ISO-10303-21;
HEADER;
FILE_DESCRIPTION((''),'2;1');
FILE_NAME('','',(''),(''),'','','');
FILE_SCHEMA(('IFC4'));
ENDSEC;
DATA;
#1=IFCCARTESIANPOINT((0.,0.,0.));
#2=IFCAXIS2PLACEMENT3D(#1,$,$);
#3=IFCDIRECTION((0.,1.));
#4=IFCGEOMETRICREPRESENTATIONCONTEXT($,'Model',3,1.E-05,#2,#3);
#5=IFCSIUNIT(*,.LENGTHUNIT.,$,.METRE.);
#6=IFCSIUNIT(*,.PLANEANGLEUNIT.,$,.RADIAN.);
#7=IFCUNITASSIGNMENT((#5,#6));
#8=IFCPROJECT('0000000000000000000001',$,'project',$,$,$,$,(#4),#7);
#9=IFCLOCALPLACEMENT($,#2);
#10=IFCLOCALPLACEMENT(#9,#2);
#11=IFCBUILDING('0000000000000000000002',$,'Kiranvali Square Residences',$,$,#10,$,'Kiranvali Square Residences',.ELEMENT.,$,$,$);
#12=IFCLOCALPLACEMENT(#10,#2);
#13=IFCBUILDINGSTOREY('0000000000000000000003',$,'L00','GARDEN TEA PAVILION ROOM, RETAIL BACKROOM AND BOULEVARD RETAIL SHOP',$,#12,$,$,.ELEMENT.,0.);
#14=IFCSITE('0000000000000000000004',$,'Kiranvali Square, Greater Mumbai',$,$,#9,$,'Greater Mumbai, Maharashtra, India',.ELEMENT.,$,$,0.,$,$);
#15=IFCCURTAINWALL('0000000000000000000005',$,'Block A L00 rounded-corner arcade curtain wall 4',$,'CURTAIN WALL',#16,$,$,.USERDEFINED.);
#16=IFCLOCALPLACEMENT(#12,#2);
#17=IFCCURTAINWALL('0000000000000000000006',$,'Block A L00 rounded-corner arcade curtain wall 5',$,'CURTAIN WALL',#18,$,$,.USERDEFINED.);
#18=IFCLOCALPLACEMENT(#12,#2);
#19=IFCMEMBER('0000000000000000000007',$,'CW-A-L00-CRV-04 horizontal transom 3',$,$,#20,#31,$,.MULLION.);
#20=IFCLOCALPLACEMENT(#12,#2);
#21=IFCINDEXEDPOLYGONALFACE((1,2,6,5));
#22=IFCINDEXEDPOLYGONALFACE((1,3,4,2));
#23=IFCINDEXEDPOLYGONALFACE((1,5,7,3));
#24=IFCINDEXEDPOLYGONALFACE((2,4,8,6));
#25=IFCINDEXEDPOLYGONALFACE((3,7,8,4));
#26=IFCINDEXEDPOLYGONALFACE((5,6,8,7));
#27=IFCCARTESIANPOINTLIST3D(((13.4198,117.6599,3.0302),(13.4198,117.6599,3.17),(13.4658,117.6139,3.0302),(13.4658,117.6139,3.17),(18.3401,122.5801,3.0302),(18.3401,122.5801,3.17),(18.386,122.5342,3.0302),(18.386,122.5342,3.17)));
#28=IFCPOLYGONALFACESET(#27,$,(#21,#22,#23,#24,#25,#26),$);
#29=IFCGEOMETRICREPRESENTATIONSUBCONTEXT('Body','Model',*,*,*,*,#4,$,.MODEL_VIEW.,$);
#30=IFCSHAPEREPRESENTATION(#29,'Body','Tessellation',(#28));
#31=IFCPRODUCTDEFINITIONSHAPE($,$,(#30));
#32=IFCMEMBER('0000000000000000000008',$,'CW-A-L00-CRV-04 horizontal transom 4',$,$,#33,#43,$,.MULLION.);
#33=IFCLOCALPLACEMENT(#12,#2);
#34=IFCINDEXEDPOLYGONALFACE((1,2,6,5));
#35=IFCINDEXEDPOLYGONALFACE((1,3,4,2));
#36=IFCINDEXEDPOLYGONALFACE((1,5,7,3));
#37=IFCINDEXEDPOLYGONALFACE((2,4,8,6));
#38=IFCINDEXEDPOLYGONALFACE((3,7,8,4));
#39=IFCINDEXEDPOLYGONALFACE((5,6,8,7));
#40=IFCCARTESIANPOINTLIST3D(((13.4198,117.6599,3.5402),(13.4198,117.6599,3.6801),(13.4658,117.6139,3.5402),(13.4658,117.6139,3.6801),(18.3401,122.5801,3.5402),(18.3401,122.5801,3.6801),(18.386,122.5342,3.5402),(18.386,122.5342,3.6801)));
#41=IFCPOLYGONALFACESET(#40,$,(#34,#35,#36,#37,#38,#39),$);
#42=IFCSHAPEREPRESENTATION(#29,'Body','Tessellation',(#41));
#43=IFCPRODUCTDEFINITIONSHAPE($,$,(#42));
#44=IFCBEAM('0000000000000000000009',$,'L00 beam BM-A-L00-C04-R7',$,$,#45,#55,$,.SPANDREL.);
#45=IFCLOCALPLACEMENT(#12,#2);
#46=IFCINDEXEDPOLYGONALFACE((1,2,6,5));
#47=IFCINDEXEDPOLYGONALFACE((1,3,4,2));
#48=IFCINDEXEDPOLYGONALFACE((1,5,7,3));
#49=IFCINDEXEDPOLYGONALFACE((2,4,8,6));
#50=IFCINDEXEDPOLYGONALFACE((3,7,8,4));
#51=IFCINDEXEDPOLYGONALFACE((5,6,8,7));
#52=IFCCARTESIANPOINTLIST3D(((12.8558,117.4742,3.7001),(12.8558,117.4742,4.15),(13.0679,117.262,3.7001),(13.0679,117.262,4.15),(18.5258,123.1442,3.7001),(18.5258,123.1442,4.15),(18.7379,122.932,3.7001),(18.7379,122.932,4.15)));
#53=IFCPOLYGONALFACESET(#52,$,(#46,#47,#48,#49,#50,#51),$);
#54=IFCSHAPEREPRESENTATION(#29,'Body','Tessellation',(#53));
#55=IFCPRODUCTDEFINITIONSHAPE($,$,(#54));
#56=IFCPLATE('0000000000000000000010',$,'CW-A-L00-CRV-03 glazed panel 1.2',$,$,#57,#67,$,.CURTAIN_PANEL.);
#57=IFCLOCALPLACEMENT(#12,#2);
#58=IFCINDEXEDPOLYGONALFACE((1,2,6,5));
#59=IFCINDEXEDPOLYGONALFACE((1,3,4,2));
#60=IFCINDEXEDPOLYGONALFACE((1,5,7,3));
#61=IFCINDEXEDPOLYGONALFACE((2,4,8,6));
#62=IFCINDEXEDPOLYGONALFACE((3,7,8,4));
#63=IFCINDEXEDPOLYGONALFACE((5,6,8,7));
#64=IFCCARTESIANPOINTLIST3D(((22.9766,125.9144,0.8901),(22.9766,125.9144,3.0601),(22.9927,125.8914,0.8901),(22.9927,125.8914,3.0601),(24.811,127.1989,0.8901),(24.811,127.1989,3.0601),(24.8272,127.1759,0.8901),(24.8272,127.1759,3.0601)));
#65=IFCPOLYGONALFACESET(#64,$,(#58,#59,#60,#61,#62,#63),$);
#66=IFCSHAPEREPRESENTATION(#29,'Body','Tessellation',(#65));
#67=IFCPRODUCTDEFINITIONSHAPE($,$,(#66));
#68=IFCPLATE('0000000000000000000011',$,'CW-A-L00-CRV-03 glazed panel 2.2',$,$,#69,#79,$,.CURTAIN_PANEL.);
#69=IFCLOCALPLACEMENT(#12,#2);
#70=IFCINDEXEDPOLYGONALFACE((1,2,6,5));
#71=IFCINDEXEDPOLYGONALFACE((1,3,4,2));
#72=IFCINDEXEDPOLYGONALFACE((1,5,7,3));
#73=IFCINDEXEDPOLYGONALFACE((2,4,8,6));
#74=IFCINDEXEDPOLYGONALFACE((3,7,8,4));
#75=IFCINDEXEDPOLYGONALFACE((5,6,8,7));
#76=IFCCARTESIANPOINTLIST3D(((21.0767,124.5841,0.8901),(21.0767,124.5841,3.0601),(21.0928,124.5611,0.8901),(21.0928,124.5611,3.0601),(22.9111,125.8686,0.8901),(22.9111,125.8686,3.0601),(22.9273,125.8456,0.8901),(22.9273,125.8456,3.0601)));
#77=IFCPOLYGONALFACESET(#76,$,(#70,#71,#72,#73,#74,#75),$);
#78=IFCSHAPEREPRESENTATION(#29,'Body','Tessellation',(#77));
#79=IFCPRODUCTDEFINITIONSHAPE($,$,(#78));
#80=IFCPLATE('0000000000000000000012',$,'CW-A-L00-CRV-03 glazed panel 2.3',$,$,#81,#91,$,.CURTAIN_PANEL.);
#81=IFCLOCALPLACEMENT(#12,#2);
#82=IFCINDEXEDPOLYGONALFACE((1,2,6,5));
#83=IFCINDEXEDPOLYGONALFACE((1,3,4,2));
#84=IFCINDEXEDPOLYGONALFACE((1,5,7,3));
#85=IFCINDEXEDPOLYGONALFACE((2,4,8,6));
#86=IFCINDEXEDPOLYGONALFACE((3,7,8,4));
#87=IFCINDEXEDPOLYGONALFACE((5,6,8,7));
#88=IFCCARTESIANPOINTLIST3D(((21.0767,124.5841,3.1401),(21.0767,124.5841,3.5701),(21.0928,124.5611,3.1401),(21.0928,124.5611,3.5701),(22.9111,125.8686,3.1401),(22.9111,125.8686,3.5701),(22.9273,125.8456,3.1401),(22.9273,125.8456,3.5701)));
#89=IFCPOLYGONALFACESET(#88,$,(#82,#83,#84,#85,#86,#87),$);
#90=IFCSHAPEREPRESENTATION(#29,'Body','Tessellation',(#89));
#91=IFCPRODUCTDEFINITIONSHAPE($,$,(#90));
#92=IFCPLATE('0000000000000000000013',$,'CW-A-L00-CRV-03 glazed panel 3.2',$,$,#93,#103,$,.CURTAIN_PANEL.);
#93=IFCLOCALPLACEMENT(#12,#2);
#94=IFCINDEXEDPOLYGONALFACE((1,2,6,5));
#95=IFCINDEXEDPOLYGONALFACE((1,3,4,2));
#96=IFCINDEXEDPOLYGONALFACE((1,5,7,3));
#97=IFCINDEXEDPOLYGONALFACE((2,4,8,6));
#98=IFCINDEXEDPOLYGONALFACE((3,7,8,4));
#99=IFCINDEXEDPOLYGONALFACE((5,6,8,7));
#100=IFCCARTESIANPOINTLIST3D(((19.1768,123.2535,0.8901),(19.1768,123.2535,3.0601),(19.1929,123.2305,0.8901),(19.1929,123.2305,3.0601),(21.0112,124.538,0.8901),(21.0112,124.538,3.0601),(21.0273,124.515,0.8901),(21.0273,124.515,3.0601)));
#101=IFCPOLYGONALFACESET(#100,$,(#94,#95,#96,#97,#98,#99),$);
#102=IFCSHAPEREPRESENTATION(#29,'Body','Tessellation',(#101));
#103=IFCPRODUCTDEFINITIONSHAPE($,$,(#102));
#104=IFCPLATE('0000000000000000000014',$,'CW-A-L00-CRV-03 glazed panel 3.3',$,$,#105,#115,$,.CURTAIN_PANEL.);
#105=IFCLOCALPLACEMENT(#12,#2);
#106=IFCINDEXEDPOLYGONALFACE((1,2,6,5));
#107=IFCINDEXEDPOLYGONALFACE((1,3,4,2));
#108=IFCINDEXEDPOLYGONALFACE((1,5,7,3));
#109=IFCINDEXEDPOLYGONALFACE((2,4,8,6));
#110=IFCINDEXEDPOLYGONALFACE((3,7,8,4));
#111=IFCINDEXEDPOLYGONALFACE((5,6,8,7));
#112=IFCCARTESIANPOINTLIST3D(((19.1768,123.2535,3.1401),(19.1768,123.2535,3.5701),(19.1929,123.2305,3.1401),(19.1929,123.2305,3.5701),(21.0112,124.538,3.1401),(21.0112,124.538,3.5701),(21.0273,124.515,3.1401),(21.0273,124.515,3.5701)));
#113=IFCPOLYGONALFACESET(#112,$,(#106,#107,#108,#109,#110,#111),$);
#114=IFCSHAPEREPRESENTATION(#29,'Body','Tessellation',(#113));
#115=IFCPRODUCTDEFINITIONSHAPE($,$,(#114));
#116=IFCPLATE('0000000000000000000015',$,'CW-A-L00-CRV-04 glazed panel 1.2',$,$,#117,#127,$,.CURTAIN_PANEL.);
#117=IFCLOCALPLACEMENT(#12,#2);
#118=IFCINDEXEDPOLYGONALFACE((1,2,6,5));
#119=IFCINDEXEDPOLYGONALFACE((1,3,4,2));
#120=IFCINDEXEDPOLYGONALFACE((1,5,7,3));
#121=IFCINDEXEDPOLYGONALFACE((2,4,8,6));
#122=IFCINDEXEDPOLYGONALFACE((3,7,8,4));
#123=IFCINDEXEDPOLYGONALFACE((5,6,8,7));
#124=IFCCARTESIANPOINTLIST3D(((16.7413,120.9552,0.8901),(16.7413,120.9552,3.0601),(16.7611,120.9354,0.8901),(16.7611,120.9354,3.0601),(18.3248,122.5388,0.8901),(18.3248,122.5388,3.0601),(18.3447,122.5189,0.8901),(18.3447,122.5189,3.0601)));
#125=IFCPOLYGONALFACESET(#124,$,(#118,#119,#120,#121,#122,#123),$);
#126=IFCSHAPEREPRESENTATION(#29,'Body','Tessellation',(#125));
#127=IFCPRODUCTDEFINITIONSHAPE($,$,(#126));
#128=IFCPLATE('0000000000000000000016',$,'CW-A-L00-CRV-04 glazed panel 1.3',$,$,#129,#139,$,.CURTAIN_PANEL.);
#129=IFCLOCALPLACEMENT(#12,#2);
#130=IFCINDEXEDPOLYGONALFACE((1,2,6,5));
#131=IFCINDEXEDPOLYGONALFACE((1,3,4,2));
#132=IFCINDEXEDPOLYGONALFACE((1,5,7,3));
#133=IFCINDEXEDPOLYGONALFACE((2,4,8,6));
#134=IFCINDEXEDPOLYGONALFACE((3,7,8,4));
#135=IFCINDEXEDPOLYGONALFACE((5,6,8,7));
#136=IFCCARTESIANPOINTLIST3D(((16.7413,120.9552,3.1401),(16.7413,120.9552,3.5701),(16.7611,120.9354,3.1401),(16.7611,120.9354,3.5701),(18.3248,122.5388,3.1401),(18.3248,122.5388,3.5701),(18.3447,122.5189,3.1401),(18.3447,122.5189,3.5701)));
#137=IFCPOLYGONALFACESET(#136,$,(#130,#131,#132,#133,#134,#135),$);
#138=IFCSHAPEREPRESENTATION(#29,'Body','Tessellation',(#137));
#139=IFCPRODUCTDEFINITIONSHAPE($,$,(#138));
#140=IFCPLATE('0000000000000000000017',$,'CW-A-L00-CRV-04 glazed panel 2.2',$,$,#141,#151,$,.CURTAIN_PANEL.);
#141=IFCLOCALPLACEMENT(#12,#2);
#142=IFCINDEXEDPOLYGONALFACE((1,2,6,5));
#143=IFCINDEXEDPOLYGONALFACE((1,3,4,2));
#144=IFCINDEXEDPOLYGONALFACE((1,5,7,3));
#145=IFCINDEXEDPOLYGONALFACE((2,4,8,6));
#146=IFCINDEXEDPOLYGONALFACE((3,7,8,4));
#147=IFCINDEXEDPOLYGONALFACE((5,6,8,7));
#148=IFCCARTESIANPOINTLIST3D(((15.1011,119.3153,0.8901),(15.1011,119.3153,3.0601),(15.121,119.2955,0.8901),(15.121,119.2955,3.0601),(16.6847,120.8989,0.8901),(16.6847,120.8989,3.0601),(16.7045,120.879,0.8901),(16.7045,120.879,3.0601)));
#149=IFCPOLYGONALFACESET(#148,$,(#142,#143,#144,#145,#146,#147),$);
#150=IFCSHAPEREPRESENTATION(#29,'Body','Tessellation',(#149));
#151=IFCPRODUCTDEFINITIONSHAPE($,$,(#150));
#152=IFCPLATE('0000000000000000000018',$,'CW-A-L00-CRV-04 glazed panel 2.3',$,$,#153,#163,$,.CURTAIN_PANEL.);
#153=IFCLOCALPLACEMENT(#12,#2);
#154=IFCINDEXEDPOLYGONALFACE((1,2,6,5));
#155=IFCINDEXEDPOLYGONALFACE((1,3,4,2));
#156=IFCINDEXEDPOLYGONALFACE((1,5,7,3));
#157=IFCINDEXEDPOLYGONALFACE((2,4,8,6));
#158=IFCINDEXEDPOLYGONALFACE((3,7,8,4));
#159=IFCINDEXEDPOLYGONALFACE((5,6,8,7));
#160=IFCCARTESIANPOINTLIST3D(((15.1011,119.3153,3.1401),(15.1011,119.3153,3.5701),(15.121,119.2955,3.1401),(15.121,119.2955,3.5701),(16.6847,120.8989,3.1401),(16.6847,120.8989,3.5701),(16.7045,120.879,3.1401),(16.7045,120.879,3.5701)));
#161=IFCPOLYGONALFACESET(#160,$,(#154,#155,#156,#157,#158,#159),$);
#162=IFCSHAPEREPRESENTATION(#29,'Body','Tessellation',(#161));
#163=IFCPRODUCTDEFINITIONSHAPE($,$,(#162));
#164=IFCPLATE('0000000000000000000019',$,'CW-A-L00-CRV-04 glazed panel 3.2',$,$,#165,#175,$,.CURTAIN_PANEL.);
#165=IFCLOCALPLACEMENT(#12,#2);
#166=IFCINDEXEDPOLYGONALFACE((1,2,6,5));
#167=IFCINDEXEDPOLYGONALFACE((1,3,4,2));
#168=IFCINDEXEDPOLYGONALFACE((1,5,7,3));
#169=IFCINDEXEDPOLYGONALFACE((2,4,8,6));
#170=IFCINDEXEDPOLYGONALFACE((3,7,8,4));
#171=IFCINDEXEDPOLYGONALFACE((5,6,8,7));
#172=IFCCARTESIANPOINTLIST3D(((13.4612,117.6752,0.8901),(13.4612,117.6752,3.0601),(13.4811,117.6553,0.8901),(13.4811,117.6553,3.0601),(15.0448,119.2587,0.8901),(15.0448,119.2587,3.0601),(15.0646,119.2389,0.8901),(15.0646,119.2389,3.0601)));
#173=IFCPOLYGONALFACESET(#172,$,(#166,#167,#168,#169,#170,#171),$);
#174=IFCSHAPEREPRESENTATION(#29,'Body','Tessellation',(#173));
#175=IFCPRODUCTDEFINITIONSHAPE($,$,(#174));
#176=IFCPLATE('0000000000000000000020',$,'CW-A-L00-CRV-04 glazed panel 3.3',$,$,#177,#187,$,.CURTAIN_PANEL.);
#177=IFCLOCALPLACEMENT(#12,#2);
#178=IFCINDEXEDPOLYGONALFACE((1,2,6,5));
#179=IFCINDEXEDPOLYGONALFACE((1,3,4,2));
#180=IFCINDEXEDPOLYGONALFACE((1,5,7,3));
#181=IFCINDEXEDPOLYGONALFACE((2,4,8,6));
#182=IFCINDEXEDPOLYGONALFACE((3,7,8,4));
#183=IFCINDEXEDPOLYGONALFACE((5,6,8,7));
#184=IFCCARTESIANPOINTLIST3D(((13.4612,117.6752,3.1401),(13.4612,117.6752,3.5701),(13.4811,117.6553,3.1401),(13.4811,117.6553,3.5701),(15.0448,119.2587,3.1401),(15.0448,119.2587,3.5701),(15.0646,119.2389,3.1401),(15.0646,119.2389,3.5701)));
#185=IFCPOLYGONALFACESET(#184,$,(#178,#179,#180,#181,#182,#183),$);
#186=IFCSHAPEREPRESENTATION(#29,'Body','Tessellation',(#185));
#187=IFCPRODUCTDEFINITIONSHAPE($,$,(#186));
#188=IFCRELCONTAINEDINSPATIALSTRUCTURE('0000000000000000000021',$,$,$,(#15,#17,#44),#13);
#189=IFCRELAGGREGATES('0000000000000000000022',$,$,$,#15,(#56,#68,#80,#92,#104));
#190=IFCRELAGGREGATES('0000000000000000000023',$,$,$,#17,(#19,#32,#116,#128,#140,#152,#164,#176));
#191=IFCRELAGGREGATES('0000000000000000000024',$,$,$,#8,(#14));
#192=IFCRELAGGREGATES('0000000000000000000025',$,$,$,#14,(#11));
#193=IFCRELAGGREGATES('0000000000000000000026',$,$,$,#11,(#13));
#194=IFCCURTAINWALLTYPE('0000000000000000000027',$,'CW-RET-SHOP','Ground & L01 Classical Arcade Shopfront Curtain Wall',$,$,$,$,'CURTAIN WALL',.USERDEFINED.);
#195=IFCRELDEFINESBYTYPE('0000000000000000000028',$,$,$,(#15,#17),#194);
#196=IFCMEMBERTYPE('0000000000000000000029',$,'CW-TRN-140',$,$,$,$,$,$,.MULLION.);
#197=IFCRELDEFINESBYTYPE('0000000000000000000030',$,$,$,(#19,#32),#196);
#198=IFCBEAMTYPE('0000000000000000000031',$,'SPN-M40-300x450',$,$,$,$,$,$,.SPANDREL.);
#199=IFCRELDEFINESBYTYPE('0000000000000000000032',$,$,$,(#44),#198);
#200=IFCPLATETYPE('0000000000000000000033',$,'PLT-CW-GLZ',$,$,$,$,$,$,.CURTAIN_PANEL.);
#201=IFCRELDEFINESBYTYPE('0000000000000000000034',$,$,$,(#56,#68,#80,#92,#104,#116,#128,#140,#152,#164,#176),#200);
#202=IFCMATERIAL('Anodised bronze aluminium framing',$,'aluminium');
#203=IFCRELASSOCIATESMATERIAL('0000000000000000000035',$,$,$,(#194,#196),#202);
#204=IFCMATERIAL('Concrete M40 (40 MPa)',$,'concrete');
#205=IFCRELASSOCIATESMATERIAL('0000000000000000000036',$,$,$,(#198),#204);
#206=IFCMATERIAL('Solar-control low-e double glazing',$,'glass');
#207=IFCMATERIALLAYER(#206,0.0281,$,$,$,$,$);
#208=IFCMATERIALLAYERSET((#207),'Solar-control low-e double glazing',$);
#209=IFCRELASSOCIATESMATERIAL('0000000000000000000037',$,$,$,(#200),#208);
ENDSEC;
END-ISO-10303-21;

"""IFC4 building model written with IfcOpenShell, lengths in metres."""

from ifc_helpers import new_model, si_unit, direction, frame, origin, origin_2d, place, context, subcontext, project, spatial, rectangle, extrude, material, layer, layer_set, material_profile, profile_set, type_object, element, aggregate, save


model = new_model("IFC4")

# Units and contexts
model_context = context("Model", 3, precision=1e-05, world=origin(), true_north=direction((0.0, 1.0)))
body_context = subcontext(model_context, "Body", "Model", "MODEL_VIEW")
ifc_project = project(units=[si_unit("LENGTHUNIT", "METRE"), si_unit("PLANEANGLEUNIT", "RADIAN")], contexts=[model_context])

# Site, building, storey
site_placement = place(None, origin())
site = spatial("IfcSite", under=ifc_project, at=site_placement, Name="Kiranvali Square, Greater Mumbai", LongName="Greater Mumbai, Maharashtra, India", CompositionType="ELEMENT", RefElevation=0.0)
building_placement = place(site_placement, origin())
building = spatial("IfcBuilding", under=site, at=building_placement, Name="Kiranvali Square Residences", LongName="Kiranvali Square Residences", CompositionType="ELEMENT")
storey_placement = place(building_placement, origin())
storey = spatial("IfcBuildingStorey", under=building, at=storey_placement, Name="L00", Description="GARDEN TEA PAVILION ROOM, RETAIL BACKROOM AND BOULEVARD RETAIL SHOP", CompositionType="ELEMENT", Elevation=0.0)

# Curtain walls, members
ifc_material_1 = material(Name="Anodised bronze aluminium framing", Category="aluminium")
curtain_wall_type = type_object("IfcCurtainWallType", Name="CW-RET-SHOP", Description="Ground & L01 Classical Arcade Shopfront Curtain Wall", ElementType="CURTAIN WALL", PredefinedType="USERDEFINED", material=ifc_material_1)
curtain_wall_1_placement = place(storey_placement, origin())
curtain_wall_1 = element("IfcCurtainWall", 1, at=curtain_wall_1_placement, inside=storey, type_object=curtain_wall_type, Name="Block A L00 rounded-corner arcade curtain wall 4", ObjectType="CURTAIN WALL", PredefinedType="USERDEFINED")
curtain_wall_2_placement = place(storey_placement, origin())
curtain_wall_2 = element("IfcCurtainWall", 2, at=curtain_wall_2_placement, inside=storey, type_object=curtain_wall_type, Name="Block A L00 rounded-corner arcade curtain wall 5", ObjectType="CURTAIN WALL", PredefinedType="USERDEFINED")
ifc_material_profile_1 = material_profile(ifc_material_1, rectangle(XDim=0.0649, YDim=0.1399, at=origin_2d()), Name="ALU 65x140")
ifc_profile_set_1 = profile_set([ifc_material_profile_1], Name="Anodised bronze aluminium framing")
member_type_1 = type_object("IfcMemberType", Name="CW-TRN-140", PredefinedType="MULLION", material=ifc_profile_set_1)
member_1_placement = place(storey_placement, frame((18.363, 122.5571, 3.1001), z_axis=(-0.707107, -0.707107, 0.0), x_axis=(0.707107, -0.707107, 0.0)))
member_1 = element("IfcMember", 3, at=member_1_placement, type_object=member_type_1, Name="CW-A-L00-CRV-04 horizontal transom 3", PredefinedType="MULLION", context=body_context, shape_type="SweptSolid", body=[
    extrude(rectangle(XDim=0.0649, YDim=0.1399, at=origin_2d()), origin(), (0.0, 0.0, 1.0), 6.9583),
])
member_2_placement = place(storey_placement, frame((18.363, 122.5571, 3.6101), z_axis=(-0.707107, -0.707107, 0.0), x_axis=(0.707107, -0.707107, 0.0)))
member_2 = element("IfcMember", 4, at=member_2_placement, type_object=member_type_1, Name="CW-A-L00-CRV-04 horizontal transom 4", PredefinedType="MULLION", context=body_context, shape_type="SweptSolid", body=[
    extrude(rectangle(XDim=0.0649, YDim=0.1399, at=origin_2d()), origin(), (0.0, 0.0, 1.0), 6.9583),
])

# Beam
ifc_material_2 = material(Name="Concrete M40 (40 MPa)", Category="concrete")
ifc_material_profile_2 = material_profile(ifc_material_2, rectangle(XDim=0.3, YDim=0.45, at=origin_2d()), Name="RC 300x450")
ifc_profile_set_2 = profile_set([ifc_material_profile_2], Name="Concrete M40 (40 MPa)")
beam_type_1 = type_object("IfcBeamType", Name="SPN-M40-300x450", PredefinedType="SPANDREL", material=ifc_profile_set_2)
beam_1_placement = place(storey_placement, frame((18.6318, 123.0381, 3.925), z_axis=(-0.707107, -0.707107, 0.0), x_axis=(0.707107, -0.707107, 0.0)))
element("IfcBeam", 5, at=beam_1_placement, inside=storey, type_object=beam_type_1, Name="L00 beam BM-A-L00-C04-R7", PredefinedType="SPANDREL", context=body_context, shape_type="SweptSolid", body=[
    extrude(rectangle(XDim=0.3, YDim=0.45, at=origin_2d()), origin(), (0.0, 0.0, 1.0), 8.0186),
])

# Plates
ifc_material_3 = material(Name="Solar-control low-e double glazing", Category="glass")
ifc_layer_1 = layer(ifc_material_3, 0.0281)
ifc_layer_set_1 = layer_set([ifc_layer_1], Name="Solar-control low-e double glazing")
plate_type_1 = type_object("IfcPlateType", Name="PLT-CW-GLZ", PredefinedType="CURTAIN_PANEL", material=ifc_layer_set_1)
plate_1_placement = place(storey_placement, frame((23.9019, 126.5452, 0.8901), z_axis=(0.0, 0.0, 1.0), x_axis=(-0.819152, -0.573576, 0.0)))
plate_1 = element("IfcPlate", 6, at=plate_1_placement, type_object=plate_type_1, Name="CW-A-L00-CRV-03 glazed panel 1.2", PredefinedType="CURTAIN_PANEL", context=body_context, shape_type="SweptSolid", body=[
    extrude(rectangle(XDim=2.2395, YDim=0.0281, at=origin_2d()), origin(), (0.0, 0.0, 1.0), 2.1699),
])
plate_2_placement = place(storey_placement, frame((22.002, 125.2148, 0.8901), z_axis=(0.0, 0.0, 1.0), x_axis=(-0.819152, -0.573576, 0.0)))
plate_2 = element("IfcPlate", 7, at=plate_2_placement, type_object=plate_type_1, Name="CW-A-L00-CRV-03 glazed panel 2.2", PredefinedType="CURTAIN_PANEL", context=body_context, shape_type="SweptSolid", body=[
    extrude(rectangle(XDim=2.2395, YDim=0.0281, at=origin_2d()), origin(), (0.0, 0.0, 1.0), 2.1699),
])
plate_3_placement = place(storey_placement, frame((22.002, 125.2148, 3.1401), z_axis=(0.0, 0.0, 1.0), x_axis=(-0.819152, -0.573576, 0.0)))
plate_3 = element("IfcPlate", 8, at=plate_3_placement, type_object=plate_type_1, Name="CW-A-L00-CRV-03 glazed panel 2.3", PredefinedType="CURTAIN_PANEL", context=body_context, shape_type="SweptSolid", body=[
    extrude(rectangle(XDim=2.2395, YDim=0.0281, at=origin_2d()), origin(), (0.0, 0.0, 1.0), 0.4299),
])
plate_4_placement = place(storey_placement, frame((20.1021, 123.8843, 0.8901), z_axis=(0.0, 0.0, 1.0), x_axis=(-0.819152, -0.573576, 0.0)))
plate_4 = element("IfcPlate", 9, at=plate_4_placement, type_object=plate_type_1, Name="CW-A-L00-CRV-03 glazed panel 3.2", PredefinedType="CURTAIN_PANEL", context=body_context, shape_type="SweptSolid", body=[
    extrude(rectangle(XDim=2.2395, YDim=0.0281, at=origin_2d()), origin(), (0.0, 0.0, 1.0), 2.1699),
])
plate_5_placement = place(storey_placement, frame((20.1021, 123.8843, 3.1401), z_axis=(0.0, 0.0, 1.0), x_axis=(-0.819152, -0.573576, 0.0)))
plate_5 = element("IfcPlate", 10, at=plate_5_placement, type_object=plate_type_1, Name="CW-A-L00-CRV-03 glazed panel 3.3", PredefinedType="CURTAIN_PANEL", context=body_context, shape_type="SweptSolid", body=[
    extrude(rectangle(XDim=2.2395, YDim=0.0281, at=origin_2d()), origin(), (0.0, 0.0, 1.0), 0.4299),
])
plate_6_placement = place(storey_placement, frame((17.543, 121.7371, 0.8901), z_axis=(0.0, 0.0, 1.0), x_axis=(-0.707107, -0.707107, 0.0)))
plate_6 = element("IfcPlate", 11, at=plate_6_placement, type_object=plate_type_1, Name="CW-A-L00-CRV-04 glazed panel 1.2", PredefinedType="CURTAIN_PANEL", context=body_context, shape_type="SweptSolid", body=[
    extrude(rectangle(XDim=2.2395, YDim=0.0281, at=origin_2d()), origin(), (0.0, 0.0, 1.0), 2.1699),
])
plate_7_placement = place(storey_placement, frame((17.543, 121.7371, 3.1401), z_axis=(0.0, 0.0, 1.0), x_axis=(-0.707107, -0.707107, 0.0)))
plate_7 = element("IfcPlate", 12, at=plate_7_placement, type_object=plate_type_1, Name="CW-A-L00-CRV-04 glazed panel 1.3", PredefinedType="CURTAIN_PANEL", context=body_context, shape_type="SweptSolid", body=[
    extrude(rectangle(XDim=2.2395, YDim=0.0281, at=origin_2d()), origin(), (0.0, 0.0, 1.0), 0.4299),
])
plate_8_placement = place(storey_placement, frame((15.9028, 120.0972, 0.8901), z_axis=(0.0, 0.0, 1.0), x_axis=(-0.707107, -0.707107, 0.0)))
plate_8 = element("IfcPlate", 13, at=plate_8_placement, type_object=plate_type_1, Name="CW-A-L00-CRV-04 glazed panel 2.2", PredefinedType="CURTAIN_PANEL", context=body_context, shape_type="SweptSolid", body=[
    extrude(rectangle(XDim=2.2395, YDim=0.0281, at=origin_2d()), origin(), (0.0, 0.0, 1.0), 2.1699),
])
plate_9_placement = place(storey_placement, frame((15.9028, 120.0972, 3.1401), z_axis=(0.0, 0.0, 1.0), x_axis=(-0.707107, -0.707107, 0.0)))
plate_9 = element("IfcPlate", 14, at=plate_9_placement, type_object=plate_type_1, Name="CW-A-L00-CRV-04 glazed panel 2.3", PredefinedType="CURTAIN_PANEL", context=body_context, shape_type="SweptSolid", body=[
    extrude(rectangle(XDim=2.2395, YDim=0.0281, at=origin_2d()), origin(), (0.0, 0.0, 1.0), 0.4299),
])
plate_10_placement = place(storey_placement, frame((14.2629, 118.457, 0.8901), z_axis=(0.0, 0.0, 1.0), x_axis=(-0.707107, -0.707107, 0.0)))
plate_10 = element("IfcPlate", 15, at=plate_10_placement, type_object=plate_type_1, Name="CW-A-L00-CRV-04 glazed panel 3.2", PredefinedType="CURTAIN_PANEL", context=body_context, shape_type="SweptSolid", body=[
    extrude(rectangle(XDim=2.2395, YDim=0.0281, at=origin_2d()), origin(), (0.0, 0.0, 1.0), 2.1699),
])
plate_11_placement = place(storey_placement, frame((14.2629, 118.457, 3.1401), z_axis=(0.0, 0.0, 1.0), x_axis=(-0.707107, -0.707107, 0.0)))
plate_11 = element("IfcPlate", 16, at=plate_11_placement, type_object=plate_type_1, Name="CW-A-L00-CRV-04 glazed panel 3.3", PredefinedType="CURTAIN_PANEL", context=body_context, shape_type="SweptSolid", body=[
    extrude(rectangle(XDim=2.2395, YDim=0.0281, at=origin_2d()), origin(), (0.0, 0.0, 1.0), 0.4299),
])
aggregate(curtain_wall_1, [plate_1, plate_2, plate_3, plate_4, plate_5])
aggregate(curtain_wall_2, [member_1, member_2, plate_6, plate_7, plate_8, plate_9, plate_10, plate_11])

save(model, "model.ifc")
